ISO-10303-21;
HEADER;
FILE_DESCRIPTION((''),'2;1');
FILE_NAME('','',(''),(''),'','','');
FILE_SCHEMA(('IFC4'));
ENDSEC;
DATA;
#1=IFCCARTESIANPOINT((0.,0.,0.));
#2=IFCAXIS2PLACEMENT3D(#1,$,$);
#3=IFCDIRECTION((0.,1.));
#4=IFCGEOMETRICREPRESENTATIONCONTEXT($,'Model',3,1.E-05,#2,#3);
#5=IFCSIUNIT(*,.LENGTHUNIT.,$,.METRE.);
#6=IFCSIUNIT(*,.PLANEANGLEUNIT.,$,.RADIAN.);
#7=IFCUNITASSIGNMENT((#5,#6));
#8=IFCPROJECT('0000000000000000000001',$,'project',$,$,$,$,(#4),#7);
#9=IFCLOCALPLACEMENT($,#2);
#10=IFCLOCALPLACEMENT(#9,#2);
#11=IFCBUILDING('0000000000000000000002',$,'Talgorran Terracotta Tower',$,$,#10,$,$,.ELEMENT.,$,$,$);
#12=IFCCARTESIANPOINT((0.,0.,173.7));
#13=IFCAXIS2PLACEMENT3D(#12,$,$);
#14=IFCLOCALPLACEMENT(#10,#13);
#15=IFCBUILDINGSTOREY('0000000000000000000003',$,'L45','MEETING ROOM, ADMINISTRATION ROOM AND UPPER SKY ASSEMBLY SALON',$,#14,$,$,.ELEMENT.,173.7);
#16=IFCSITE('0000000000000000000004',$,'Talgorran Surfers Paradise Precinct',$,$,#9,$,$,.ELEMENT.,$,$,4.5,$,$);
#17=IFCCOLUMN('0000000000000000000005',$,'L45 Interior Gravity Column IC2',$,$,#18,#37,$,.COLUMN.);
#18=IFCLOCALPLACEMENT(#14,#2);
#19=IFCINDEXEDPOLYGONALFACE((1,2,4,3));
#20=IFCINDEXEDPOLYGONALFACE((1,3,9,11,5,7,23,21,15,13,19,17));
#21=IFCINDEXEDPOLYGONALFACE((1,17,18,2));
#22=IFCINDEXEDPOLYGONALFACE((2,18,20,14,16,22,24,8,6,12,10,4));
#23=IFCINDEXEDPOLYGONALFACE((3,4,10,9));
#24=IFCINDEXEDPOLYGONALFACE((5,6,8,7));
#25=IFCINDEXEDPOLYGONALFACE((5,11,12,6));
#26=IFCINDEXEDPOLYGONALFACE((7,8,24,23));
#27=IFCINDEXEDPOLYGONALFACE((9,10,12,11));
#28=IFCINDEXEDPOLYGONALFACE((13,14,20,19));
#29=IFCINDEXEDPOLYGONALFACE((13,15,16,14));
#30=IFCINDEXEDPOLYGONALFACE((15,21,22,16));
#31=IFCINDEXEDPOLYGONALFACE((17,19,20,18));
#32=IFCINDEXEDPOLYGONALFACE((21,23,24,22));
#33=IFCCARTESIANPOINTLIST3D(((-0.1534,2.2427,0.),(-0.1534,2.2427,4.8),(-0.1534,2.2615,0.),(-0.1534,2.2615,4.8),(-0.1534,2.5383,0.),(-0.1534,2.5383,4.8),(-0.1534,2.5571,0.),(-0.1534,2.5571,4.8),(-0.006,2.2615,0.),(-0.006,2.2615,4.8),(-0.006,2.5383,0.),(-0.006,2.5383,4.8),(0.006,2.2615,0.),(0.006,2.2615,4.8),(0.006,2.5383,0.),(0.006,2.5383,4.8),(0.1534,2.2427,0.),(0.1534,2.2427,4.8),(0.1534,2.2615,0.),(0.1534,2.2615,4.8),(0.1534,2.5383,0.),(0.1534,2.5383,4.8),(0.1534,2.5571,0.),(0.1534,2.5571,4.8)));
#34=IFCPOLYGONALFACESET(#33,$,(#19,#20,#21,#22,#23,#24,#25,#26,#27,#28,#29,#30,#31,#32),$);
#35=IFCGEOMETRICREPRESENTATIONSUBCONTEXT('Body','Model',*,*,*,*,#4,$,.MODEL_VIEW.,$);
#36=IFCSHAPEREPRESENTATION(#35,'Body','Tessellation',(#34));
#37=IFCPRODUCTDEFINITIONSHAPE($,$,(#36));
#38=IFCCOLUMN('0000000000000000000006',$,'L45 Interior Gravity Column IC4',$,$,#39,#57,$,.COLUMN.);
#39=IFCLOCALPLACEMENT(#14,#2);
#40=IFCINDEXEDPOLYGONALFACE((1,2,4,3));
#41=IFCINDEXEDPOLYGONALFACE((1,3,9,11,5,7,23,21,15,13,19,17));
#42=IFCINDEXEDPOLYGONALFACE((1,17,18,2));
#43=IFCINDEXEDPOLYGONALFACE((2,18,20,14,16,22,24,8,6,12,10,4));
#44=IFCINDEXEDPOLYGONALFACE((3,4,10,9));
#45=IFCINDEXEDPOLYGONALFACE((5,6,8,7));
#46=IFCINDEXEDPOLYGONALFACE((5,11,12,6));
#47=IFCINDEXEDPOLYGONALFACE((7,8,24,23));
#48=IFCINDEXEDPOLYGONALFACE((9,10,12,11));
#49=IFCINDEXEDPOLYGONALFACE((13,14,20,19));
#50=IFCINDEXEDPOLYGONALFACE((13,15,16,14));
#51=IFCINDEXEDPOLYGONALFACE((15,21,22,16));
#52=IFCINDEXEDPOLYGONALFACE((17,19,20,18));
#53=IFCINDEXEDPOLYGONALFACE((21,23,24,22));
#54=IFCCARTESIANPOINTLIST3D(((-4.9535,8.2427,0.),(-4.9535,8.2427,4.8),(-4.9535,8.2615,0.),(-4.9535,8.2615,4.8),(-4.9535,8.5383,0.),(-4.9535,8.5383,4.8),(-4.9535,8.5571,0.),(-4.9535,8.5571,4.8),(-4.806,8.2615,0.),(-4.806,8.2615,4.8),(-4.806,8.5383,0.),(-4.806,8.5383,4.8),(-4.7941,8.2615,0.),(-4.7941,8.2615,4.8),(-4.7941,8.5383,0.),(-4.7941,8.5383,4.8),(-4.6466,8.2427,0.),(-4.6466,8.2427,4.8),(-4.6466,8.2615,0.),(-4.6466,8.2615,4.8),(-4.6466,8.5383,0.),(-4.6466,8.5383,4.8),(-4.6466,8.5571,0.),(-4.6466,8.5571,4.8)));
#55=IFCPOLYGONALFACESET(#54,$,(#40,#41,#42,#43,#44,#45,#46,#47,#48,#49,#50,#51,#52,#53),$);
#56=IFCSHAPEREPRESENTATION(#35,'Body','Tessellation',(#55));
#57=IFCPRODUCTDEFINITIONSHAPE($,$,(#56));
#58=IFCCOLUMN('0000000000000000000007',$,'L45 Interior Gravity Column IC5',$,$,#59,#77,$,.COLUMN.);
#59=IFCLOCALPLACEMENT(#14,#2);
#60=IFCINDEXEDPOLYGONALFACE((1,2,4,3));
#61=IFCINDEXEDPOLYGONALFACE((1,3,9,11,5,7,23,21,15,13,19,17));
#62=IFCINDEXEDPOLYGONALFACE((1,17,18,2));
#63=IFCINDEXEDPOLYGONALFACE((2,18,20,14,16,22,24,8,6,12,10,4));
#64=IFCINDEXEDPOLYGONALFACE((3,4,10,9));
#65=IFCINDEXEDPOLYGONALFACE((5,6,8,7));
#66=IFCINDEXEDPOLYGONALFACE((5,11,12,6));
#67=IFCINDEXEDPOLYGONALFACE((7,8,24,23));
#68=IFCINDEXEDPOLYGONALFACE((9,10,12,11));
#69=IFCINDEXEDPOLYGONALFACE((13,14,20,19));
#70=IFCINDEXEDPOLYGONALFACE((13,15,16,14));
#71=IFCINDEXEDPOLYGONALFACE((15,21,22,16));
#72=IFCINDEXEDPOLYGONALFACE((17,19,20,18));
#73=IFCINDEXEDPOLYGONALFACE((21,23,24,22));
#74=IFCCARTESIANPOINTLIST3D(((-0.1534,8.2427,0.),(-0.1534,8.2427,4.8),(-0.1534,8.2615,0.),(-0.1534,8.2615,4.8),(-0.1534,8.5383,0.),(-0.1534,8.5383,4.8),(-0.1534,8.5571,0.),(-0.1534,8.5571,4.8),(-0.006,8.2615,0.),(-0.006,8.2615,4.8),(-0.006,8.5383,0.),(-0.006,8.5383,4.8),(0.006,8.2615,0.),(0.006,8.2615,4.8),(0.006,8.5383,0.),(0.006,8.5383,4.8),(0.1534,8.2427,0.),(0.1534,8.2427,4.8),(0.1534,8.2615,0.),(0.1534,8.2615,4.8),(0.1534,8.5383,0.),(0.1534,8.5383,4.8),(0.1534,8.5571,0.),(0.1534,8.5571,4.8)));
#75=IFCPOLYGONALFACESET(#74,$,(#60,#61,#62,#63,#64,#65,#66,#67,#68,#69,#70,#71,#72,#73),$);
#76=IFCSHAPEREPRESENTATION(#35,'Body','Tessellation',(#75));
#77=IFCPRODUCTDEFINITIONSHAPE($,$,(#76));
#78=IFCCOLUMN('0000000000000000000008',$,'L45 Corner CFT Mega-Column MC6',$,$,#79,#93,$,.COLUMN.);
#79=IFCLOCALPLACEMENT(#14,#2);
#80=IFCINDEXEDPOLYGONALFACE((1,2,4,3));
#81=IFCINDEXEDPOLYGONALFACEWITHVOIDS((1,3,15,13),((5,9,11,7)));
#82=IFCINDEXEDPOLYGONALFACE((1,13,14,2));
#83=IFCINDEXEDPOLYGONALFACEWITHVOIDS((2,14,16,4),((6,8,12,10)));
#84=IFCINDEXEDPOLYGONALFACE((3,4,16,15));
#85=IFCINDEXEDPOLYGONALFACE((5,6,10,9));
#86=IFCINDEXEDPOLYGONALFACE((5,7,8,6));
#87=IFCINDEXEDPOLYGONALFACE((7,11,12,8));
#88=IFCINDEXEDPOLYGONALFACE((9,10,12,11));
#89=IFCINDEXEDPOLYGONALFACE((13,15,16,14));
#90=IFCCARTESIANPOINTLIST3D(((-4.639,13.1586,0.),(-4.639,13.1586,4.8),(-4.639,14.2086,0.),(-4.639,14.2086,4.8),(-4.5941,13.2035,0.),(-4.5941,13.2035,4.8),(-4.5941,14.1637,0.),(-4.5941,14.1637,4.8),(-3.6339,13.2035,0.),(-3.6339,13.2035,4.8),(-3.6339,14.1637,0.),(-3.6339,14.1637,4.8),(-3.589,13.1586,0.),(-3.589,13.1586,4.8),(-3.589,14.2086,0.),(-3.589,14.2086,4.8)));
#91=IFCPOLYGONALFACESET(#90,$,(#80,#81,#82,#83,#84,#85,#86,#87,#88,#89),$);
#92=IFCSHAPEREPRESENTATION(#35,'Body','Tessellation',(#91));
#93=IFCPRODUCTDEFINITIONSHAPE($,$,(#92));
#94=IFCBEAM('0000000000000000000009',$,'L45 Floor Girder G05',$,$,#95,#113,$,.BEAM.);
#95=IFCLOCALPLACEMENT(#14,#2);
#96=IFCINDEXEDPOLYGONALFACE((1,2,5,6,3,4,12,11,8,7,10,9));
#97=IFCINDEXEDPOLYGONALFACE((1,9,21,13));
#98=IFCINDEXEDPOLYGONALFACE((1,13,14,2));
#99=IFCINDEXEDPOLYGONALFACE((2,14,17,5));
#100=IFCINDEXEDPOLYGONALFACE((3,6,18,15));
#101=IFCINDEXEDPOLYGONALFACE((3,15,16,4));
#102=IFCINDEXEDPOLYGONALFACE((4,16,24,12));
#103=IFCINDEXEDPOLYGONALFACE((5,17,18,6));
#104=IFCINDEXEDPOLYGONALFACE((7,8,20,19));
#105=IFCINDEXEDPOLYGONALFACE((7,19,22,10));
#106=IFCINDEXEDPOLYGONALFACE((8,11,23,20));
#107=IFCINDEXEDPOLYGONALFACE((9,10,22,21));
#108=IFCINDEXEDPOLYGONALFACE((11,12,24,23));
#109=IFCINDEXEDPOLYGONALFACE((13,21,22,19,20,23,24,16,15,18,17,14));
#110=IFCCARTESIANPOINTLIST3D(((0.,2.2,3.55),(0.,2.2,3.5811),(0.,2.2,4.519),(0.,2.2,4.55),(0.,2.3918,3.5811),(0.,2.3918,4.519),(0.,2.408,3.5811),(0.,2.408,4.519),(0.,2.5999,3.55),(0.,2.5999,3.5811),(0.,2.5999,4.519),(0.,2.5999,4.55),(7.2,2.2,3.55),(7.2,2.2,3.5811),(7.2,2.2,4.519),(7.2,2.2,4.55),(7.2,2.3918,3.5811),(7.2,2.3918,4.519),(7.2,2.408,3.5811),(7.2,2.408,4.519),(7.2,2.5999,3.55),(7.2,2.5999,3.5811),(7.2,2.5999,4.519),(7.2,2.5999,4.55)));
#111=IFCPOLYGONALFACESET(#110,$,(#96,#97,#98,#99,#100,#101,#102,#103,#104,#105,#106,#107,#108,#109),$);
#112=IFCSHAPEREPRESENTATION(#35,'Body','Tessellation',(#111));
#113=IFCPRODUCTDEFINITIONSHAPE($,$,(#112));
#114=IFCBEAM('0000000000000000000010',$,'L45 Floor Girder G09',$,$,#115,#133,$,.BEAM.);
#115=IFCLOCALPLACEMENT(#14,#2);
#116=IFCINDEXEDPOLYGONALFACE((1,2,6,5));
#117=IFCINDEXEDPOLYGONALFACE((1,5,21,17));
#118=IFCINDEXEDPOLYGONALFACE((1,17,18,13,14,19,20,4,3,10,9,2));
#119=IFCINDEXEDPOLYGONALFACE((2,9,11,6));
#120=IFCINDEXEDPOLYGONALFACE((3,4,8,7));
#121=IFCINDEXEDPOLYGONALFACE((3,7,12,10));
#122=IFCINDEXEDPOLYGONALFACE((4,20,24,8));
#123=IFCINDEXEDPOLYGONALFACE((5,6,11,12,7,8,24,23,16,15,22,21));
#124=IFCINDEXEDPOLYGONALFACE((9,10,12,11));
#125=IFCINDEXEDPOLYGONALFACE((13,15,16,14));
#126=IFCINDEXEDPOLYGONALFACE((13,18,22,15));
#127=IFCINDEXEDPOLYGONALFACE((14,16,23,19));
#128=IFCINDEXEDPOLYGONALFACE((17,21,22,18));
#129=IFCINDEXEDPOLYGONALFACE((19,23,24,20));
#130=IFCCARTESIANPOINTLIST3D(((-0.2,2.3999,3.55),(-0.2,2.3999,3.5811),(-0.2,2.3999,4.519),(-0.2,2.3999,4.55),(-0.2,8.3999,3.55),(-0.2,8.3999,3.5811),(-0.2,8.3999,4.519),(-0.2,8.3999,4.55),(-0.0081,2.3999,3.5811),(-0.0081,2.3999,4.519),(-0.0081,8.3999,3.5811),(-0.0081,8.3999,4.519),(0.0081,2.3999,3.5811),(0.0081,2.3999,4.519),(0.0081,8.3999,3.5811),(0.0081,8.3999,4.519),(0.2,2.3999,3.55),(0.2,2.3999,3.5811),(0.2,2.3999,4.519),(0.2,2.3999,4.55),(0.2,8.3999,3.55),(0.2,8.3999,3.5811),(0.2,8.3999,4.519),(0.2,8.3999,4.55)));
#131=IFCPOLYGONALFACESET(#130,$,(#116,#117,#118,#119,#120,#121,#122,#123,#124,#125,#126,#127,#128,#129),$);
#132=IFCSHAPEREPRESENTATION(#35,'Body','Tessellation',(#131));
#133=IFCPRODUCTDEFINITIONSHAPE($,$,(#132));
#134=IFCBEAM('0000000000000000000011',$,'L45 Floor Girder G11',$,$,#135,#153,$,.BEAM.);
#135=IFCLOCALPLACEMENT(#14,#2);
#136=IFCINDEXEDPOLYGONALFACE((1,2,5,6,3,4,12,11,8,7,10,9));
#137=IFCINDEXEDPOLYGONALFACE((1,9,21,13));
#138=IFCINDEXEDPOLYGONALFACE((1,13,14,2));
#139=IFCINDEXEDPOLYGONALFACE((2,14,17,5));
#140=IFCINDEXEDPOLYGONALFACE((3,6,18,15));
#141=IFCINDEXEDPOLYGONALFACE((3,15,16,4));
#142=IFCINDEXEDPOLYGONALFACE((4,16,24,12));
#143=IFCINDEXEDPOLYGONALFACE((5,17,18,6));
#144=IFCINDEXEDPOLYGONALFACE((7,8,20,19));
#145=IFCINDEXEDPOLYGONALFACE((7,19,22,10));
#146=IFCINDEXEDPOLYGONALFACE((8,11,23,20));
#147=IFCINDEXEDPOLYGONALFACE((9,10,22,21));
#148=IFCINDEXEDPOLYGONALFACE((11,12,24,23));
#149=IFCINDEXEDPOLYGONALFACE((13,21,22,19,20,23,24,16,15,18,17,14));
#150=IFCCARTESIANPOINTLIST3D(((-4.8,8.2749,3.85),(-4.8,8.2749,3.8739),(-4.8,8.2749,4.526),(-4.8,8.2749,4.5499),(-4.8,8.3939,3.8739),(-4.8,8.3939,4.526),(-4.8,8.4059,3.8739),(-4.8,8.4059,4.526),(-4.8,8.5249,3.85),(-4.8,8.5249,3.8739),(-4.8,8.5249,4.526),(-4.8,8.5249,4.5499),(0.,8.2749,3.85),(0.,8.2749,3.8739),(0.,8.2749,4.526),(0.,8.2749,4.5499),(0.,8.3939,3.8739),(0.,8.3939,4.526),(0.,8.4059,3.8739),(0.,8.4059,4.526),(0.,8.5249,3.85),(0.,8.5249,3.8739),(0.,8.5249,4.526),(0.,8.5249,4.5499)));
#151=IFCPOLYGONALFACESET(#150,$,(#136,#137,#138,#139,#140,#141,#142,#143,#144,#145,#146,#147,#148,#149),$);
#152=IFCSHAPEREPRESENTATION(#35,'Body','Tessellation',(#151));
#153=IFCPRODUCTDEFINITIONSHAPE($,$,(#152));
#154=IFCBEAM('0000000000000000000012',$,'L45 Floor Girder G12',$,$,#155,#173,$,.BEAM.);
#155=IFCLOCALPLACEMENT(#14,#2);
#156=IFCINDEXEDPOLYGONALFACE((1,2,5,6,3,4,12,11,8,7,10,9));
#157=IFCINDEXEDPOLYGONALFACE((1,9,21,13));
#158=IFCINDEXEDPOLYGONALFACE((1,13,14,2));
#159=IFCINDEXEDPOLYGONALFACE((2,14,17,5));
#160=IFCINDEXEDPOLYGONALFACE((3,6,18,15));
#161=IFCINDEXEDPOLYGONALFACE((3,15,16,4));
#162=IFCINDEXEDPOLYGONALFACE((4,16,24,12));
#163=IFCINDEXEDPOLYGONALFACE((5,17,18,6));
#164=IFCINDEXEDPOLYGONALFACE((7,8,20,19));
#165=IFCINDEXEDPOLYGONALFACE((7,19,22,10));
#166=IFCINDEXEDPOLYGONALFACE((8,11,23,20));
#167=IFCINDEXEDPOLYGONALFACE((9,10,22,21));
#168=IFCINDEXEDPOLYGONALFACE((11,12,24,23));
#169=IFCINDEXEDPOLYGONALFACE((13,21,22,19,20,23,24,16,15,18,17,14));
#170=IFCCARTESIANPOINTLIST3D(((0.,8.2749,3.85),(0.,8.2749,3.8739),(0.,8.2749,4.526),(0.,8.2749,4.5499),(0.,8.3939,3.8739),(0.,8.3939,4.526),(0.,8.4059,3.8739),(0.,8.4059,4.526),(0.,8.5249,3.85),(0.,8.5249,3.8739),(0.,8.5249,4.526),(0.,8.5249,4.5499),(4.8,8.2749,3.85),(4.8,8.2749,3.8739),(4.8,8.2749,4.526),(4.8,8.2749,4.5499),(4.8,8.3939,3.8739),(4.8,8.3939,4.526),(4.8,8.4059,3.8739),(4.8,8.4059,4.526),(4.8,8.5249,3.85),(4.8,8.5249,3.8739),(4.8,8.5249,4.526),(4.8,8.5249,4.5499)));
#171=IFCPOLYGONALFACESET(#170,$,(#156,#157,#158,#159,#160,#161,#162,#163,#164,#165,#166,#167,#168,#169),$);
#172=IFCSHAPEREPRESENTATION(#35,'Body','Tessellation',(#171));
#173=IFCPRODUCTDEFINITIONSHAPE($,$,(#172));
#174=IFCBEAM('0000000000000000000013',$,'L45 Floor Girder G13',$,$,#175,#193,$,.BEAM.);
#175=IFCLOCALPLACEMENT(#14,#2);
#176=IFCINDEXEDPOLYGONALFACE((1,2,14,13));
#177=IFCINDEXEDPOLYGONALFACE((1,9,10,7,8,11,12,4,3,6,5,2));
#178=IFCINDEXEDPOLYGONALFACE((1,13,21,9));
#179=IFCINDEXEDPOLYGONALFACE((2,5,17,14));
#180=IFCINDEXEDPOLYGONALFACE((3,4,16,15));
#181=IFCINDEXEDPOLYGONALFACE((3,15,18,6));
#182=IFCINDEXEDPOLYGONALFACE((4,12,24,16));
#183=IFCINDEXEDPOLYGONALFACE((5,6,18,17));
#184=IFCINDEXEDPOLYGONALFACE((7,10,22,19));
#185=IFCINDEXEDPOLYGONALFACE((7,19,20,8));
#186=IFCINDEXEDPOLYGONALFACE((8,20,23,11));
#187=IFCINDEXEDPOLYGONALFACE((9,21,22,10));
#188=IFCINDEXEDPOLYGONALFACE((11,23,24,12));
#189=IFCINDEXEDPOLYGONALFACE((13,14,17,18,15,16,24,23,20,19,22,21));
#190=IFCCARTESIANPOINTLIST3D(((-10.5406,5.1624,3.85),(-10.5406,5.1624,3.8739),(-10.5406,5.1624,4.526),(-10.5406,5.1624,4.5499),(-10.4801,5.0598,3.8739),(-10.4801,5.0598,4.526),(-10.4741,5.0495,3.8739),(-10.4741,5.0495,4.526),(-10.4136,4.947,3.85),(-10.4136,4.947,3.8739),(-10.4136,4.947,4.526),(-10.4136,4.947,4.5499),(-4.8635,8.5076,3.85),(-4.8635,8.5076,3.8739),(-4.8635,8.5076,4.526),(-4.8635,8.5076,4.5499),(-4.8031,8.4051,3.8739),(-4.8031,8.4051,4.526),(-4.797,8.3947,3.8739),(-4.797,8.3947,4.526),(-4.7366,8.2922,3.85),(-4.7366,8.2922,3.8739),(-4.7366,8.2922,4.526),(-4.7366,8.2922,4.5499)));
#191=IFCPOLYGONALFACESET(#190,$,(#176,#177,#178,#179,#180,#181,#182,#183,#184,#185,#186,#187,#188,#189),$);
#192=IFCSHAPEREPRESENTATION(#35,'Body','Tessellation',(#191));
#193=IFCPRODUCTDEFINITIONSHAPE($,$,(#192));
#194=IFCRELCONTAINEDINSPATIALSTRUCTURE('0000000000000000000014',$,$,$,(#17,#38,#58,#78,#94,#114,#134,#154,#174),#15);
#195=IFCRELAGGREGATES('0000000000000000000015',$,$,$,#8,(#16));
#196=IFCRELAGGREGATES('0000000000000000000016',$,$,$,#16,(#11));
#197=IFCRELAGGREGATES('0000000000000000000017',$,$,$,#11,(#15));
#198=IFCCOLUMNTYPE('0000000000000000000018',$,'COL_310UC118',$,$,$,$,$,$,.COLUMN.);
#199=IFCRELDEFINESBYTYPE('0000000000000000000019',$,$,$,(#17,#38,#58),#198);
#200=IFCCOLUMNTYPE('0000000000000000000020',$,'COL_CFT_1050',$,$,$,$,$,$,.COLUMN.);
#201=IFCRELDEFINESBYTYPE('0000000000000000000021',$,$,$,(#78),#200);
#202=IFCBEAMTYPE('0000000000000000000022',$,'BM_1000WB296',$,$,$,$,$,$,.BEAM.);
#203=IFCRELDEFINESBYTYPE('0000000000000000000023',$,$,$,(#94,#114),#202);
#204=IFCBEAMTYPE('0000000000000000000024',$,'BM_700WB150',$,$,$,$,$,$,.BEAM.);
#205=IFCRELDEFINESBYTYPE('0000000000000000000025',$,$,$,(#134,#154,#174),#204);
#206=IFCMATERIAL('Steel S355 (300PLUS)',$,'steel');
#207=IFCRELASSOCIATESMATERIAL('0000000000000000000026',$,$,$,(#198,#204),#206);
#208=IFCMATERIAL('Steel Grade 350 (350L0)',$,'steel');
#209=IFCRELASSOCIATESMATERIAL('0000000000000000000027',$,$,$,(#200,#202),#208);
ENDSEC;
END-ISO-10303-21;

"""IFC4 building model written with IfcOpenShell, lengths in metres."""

from ifc_helpers import new_model, si_unit, direction, frame, origin, origin_2d, place, context, subcontext, project, spatial, hollow_rectangle, i_section, extrude, material, material_profile, profile_set, type_object, element, save


model = new_model("IFC4")

# Units and contexts
model_context = context("Model", 3, precision=1e-05, world=origin(), true_north=direction((0.0, 1.0)))
body_context = subcontext(model_context, "Body", "Model", "MODEL_VIEW")
ifc_project = project(units=[si_unit("LENGTHUNIT", "METRE"), si_unit("PLANEANGLEUNIT", "RADIAN")], contexts=[model_context])

# Site, building, storey
site_placement = place(None, origin())
site = spatial("IfcSite", under=ifc_project, at=site_placement, Name="Talgorran Surfers Paradise Precinct", CompositionType="ELEMENT", RefElevation=4.5)
building_placement = place(site_placement, origin())
building = spatial("IfcBuilding", under=site, at=building_placement, Name="Talgorran Terracotta Tower", CompositionType="ELEMENT")
storey_placement = place(building_placement, frame((0.0, 0.0, 173.7)))
storey = spatial("IfcBuildingStorey", under=building, at=storey_placement, Name="L45", Description="MEETING ROOM, ADMINISTRATION ROOM AND UPPER SKY ASSEMBLY SALON", CompositionType="ELEMENT", Elevation=173.7)

# Columns
ifc_material_1 = material(Name="Steel S355 (300PLUS)", Category="steel")
ifc_material_profile_1 = material_profile(ifc_material_1, i_section(OverallWidth=0.3069, OverallDepth=0.3145, WebThickness=0.012, FlangeThickness=0.0188, at=origin_2d()), Name="310UC118")
ifc_profile_set_1 = profile_set([ifc_material_profile_1], Name="Steel S355 (300PLUS)")
column_type_1 = type_object("IfcColumnType", Name="COL_310UC118", PredefinedType="COLUMN", material=ifc_profile_set_1)
for number, where, z_axis, x_axis, name in (
    (1, (0.0, 2.3999, 0.0), (0.0, 0.0, 1.0), (1.0, 0.0, 0.0), "L45 Interior Gravity Column IC2"),
    (2, (-4.8, 8.3999, 0.0), (0.0, 0.0, 1.0), (1.0, 0.0, 0.0), "L45 Interior Gravity Column IC4"),
    (3, (0.0, 8.3999, 0.0), (0.0, 0.0, 1.0), (1.0, 0.0, 0.0), "L45 Interior Gravity Column IC5"),
):
    element("IfcColumn", number, at=place(storey_placement, frame(where, z_axis=z_axis, x_axis=x_axis)), inside=storey, type_object=column_type_1, Name=name, PredefinedType="COLUMN", context=body_context, shape_type="SweptSolid", body=[
        extrude(i_section(OverallWidth=0.3069, OverallDepth=0.3145, WebThickness=0.012, FlangeThickness=0.0188, at=origin_2d()), origin(), (0.0, 0.0, 1.0), 4.8),
    ])
ifc_material_2 = material(Name="Steel Grade 350 (350L0)", Category="steel")
ifc_material_profile_2 = material_profile(ifc_material_2, hollow_rectangle(XDim=1.05, YDim=1.05, WallThickness=0.0449, at=origin_2d()), Name="CFT1050X1050X45")
ifc_profile_set_2 = profile_set([ifc_material_profile_2], Name="Steel Grade 350 (350L0)")
column_type_2 = type_object("IfcColumnType", Name="COL_CFT_1050", PredefinedType="COLUMN", material=ifc_profile_set_2)
column_placement = place(storey_placement, frame((-4.114, 13.6836, 0.0), z_axis=(0.0, 0.0, 1.0), x_axis=(1.0, 0.0, 0.0)))
element("IfcColumn", 4, at=column_placement, inside=storey, type_object=column_type_2, Name="L45 Corner CFT Mega-Column MC6", PredefinedType="COLUMN", context=body_context, shape_type="SweptSolid", body=[
    extrude(hollow_rectangle(XDim=1.05, YDim=1.05, WallThickness=0.0449, at=origin_2d()), origin(), (0.0, 0.0, 1.0), 4.8),
])

# Beams
ifc_material_profile_3 = material_profile(ifc_material_2, i_section(OverallWidth=0.3999, OverallDepth=1.0, WebThickness=0.0161, FlangeThickness=0.031, at=origin_2d()), Name="1000WB296")
ifc_profile_set_3 = profile_set([ifc_material_profile_3], Name="Steel Grade 350 (350L0)")
beam_type_1 = type_object("IfcBeamType", Name="BM_1000WB296", PredefinedType="BEAM", material=ifc_profile_set_3)
beam_1_placement = place(storey_placement, frame((0.0, 2.3999, 4.05), z_axis=(1.0, 0.0, 0.0), x_axis=(0.0, 1.0, 0.0)))
element("IfcBeam", 5, at=beam_1_placement, inside=storey, type_object=beam_type_1, Name="L45 Floor Girder G05", PredefinedType="BEAM", context=body_context, shape_type="SweptSolid", body=[
    extrude(i_section(OverallWidth=0.3999, OverallDepth=1.0, WebThickness=0.0161, FlangeThickness=0.031, at=origin_2d()), origin(), (0.0, 0.0, 1.0), 7.2),
])
beam_2_placement = place(storey_placement, frame((0.0, 2.3999, 4.05), z_axis=(0.0, 1.0, 0.0), x_axis=(-1.0, 0.0, 0.0)))
element("IfcBeam", 6, at=beam_2_placement, inside=storey, type_object=beam_type_1, Name="L45 Floor Girder G09", PredefinedType="BEAM", context=body_context, shape_type="SweptSolid", body=[
    extrude(i_section(OverallWidth=0.3999, OverallDepth=1.0, WebThickness=0.0161, FlangeThickness=0.031, at=origin_2d()), origin(), (0.0, 0.0, 1.0), 6.0),
])
ifc_material_profile_4 = material_profile(ifc_material_1, i_section(OverallWidth=0.25, OverallDepth=0.7, WebThickness=0.012, FlangeThickness=0.0239, at=origin_2d()), Name="700WB150")
ifc_profile_set_4 = profile_set([ifc_material_profile_4], Name="Steel S355 (300PLUS)")
beam_type_2 = type_object("IfcBeamType", Name="BM_700WB150", PredefinedType="BEAM", material=ifc_profile_set_4)
for number, where, z_axis, x_axis, name in (
    (7, (-4.8, 8.3999, 4.2), (1.0, 0.0, 0.0), (0.0, 1.0, 0.0), "L45 Floor Girder G11"),
    (8, (0.0, 8.3999, 4.2), (1.0, 0.0, 0.0), (0.0, 1.0, 0.0), "L45 Floor Girder G12"),
):
    element("IfcBeam", number, at=place(storey_placement, frame(where, z_axis=z_axis, x_axis=x_axis)), inside=storey, type_object=beam_type_2, Name=name, PredefinedType="BEAM", context=body_context, shape_type="SweptSolid", body=[
        extrude(i_section(OverallWidth=0.25, OverallDepth=0.7, WebThickness=0.012, FlangeThickness=0.0239, at=origin_2d()), origin(), (0.0, 0.0, 1.0), 4.8),
    ])
beam_3_placement = place(storey_placement, frame((-4.8, 8.3999, 4.2), z_axis=(-0.861549, -0.507674, 0.0), x_axis=(0.507674, -0.861549, 0.0)))
element("IfcBeam", 9, at=beam_3_placement, inside=storey, type_object=beam_type_2, Name="L45 Floor Girder G13", PredefinedType="BEAM", context=body_context, shape_type="SweptSolid", body=[
    extrude(i_section(OverallWidth=0.25, OverallDepth=0.7, WebThickness=0.012, FlangeThickness=0.0239, at=origin_2d()), origin(), (0.0, 0.0, 1.0), 6.5894),
])

save(model, "model.ifc")
